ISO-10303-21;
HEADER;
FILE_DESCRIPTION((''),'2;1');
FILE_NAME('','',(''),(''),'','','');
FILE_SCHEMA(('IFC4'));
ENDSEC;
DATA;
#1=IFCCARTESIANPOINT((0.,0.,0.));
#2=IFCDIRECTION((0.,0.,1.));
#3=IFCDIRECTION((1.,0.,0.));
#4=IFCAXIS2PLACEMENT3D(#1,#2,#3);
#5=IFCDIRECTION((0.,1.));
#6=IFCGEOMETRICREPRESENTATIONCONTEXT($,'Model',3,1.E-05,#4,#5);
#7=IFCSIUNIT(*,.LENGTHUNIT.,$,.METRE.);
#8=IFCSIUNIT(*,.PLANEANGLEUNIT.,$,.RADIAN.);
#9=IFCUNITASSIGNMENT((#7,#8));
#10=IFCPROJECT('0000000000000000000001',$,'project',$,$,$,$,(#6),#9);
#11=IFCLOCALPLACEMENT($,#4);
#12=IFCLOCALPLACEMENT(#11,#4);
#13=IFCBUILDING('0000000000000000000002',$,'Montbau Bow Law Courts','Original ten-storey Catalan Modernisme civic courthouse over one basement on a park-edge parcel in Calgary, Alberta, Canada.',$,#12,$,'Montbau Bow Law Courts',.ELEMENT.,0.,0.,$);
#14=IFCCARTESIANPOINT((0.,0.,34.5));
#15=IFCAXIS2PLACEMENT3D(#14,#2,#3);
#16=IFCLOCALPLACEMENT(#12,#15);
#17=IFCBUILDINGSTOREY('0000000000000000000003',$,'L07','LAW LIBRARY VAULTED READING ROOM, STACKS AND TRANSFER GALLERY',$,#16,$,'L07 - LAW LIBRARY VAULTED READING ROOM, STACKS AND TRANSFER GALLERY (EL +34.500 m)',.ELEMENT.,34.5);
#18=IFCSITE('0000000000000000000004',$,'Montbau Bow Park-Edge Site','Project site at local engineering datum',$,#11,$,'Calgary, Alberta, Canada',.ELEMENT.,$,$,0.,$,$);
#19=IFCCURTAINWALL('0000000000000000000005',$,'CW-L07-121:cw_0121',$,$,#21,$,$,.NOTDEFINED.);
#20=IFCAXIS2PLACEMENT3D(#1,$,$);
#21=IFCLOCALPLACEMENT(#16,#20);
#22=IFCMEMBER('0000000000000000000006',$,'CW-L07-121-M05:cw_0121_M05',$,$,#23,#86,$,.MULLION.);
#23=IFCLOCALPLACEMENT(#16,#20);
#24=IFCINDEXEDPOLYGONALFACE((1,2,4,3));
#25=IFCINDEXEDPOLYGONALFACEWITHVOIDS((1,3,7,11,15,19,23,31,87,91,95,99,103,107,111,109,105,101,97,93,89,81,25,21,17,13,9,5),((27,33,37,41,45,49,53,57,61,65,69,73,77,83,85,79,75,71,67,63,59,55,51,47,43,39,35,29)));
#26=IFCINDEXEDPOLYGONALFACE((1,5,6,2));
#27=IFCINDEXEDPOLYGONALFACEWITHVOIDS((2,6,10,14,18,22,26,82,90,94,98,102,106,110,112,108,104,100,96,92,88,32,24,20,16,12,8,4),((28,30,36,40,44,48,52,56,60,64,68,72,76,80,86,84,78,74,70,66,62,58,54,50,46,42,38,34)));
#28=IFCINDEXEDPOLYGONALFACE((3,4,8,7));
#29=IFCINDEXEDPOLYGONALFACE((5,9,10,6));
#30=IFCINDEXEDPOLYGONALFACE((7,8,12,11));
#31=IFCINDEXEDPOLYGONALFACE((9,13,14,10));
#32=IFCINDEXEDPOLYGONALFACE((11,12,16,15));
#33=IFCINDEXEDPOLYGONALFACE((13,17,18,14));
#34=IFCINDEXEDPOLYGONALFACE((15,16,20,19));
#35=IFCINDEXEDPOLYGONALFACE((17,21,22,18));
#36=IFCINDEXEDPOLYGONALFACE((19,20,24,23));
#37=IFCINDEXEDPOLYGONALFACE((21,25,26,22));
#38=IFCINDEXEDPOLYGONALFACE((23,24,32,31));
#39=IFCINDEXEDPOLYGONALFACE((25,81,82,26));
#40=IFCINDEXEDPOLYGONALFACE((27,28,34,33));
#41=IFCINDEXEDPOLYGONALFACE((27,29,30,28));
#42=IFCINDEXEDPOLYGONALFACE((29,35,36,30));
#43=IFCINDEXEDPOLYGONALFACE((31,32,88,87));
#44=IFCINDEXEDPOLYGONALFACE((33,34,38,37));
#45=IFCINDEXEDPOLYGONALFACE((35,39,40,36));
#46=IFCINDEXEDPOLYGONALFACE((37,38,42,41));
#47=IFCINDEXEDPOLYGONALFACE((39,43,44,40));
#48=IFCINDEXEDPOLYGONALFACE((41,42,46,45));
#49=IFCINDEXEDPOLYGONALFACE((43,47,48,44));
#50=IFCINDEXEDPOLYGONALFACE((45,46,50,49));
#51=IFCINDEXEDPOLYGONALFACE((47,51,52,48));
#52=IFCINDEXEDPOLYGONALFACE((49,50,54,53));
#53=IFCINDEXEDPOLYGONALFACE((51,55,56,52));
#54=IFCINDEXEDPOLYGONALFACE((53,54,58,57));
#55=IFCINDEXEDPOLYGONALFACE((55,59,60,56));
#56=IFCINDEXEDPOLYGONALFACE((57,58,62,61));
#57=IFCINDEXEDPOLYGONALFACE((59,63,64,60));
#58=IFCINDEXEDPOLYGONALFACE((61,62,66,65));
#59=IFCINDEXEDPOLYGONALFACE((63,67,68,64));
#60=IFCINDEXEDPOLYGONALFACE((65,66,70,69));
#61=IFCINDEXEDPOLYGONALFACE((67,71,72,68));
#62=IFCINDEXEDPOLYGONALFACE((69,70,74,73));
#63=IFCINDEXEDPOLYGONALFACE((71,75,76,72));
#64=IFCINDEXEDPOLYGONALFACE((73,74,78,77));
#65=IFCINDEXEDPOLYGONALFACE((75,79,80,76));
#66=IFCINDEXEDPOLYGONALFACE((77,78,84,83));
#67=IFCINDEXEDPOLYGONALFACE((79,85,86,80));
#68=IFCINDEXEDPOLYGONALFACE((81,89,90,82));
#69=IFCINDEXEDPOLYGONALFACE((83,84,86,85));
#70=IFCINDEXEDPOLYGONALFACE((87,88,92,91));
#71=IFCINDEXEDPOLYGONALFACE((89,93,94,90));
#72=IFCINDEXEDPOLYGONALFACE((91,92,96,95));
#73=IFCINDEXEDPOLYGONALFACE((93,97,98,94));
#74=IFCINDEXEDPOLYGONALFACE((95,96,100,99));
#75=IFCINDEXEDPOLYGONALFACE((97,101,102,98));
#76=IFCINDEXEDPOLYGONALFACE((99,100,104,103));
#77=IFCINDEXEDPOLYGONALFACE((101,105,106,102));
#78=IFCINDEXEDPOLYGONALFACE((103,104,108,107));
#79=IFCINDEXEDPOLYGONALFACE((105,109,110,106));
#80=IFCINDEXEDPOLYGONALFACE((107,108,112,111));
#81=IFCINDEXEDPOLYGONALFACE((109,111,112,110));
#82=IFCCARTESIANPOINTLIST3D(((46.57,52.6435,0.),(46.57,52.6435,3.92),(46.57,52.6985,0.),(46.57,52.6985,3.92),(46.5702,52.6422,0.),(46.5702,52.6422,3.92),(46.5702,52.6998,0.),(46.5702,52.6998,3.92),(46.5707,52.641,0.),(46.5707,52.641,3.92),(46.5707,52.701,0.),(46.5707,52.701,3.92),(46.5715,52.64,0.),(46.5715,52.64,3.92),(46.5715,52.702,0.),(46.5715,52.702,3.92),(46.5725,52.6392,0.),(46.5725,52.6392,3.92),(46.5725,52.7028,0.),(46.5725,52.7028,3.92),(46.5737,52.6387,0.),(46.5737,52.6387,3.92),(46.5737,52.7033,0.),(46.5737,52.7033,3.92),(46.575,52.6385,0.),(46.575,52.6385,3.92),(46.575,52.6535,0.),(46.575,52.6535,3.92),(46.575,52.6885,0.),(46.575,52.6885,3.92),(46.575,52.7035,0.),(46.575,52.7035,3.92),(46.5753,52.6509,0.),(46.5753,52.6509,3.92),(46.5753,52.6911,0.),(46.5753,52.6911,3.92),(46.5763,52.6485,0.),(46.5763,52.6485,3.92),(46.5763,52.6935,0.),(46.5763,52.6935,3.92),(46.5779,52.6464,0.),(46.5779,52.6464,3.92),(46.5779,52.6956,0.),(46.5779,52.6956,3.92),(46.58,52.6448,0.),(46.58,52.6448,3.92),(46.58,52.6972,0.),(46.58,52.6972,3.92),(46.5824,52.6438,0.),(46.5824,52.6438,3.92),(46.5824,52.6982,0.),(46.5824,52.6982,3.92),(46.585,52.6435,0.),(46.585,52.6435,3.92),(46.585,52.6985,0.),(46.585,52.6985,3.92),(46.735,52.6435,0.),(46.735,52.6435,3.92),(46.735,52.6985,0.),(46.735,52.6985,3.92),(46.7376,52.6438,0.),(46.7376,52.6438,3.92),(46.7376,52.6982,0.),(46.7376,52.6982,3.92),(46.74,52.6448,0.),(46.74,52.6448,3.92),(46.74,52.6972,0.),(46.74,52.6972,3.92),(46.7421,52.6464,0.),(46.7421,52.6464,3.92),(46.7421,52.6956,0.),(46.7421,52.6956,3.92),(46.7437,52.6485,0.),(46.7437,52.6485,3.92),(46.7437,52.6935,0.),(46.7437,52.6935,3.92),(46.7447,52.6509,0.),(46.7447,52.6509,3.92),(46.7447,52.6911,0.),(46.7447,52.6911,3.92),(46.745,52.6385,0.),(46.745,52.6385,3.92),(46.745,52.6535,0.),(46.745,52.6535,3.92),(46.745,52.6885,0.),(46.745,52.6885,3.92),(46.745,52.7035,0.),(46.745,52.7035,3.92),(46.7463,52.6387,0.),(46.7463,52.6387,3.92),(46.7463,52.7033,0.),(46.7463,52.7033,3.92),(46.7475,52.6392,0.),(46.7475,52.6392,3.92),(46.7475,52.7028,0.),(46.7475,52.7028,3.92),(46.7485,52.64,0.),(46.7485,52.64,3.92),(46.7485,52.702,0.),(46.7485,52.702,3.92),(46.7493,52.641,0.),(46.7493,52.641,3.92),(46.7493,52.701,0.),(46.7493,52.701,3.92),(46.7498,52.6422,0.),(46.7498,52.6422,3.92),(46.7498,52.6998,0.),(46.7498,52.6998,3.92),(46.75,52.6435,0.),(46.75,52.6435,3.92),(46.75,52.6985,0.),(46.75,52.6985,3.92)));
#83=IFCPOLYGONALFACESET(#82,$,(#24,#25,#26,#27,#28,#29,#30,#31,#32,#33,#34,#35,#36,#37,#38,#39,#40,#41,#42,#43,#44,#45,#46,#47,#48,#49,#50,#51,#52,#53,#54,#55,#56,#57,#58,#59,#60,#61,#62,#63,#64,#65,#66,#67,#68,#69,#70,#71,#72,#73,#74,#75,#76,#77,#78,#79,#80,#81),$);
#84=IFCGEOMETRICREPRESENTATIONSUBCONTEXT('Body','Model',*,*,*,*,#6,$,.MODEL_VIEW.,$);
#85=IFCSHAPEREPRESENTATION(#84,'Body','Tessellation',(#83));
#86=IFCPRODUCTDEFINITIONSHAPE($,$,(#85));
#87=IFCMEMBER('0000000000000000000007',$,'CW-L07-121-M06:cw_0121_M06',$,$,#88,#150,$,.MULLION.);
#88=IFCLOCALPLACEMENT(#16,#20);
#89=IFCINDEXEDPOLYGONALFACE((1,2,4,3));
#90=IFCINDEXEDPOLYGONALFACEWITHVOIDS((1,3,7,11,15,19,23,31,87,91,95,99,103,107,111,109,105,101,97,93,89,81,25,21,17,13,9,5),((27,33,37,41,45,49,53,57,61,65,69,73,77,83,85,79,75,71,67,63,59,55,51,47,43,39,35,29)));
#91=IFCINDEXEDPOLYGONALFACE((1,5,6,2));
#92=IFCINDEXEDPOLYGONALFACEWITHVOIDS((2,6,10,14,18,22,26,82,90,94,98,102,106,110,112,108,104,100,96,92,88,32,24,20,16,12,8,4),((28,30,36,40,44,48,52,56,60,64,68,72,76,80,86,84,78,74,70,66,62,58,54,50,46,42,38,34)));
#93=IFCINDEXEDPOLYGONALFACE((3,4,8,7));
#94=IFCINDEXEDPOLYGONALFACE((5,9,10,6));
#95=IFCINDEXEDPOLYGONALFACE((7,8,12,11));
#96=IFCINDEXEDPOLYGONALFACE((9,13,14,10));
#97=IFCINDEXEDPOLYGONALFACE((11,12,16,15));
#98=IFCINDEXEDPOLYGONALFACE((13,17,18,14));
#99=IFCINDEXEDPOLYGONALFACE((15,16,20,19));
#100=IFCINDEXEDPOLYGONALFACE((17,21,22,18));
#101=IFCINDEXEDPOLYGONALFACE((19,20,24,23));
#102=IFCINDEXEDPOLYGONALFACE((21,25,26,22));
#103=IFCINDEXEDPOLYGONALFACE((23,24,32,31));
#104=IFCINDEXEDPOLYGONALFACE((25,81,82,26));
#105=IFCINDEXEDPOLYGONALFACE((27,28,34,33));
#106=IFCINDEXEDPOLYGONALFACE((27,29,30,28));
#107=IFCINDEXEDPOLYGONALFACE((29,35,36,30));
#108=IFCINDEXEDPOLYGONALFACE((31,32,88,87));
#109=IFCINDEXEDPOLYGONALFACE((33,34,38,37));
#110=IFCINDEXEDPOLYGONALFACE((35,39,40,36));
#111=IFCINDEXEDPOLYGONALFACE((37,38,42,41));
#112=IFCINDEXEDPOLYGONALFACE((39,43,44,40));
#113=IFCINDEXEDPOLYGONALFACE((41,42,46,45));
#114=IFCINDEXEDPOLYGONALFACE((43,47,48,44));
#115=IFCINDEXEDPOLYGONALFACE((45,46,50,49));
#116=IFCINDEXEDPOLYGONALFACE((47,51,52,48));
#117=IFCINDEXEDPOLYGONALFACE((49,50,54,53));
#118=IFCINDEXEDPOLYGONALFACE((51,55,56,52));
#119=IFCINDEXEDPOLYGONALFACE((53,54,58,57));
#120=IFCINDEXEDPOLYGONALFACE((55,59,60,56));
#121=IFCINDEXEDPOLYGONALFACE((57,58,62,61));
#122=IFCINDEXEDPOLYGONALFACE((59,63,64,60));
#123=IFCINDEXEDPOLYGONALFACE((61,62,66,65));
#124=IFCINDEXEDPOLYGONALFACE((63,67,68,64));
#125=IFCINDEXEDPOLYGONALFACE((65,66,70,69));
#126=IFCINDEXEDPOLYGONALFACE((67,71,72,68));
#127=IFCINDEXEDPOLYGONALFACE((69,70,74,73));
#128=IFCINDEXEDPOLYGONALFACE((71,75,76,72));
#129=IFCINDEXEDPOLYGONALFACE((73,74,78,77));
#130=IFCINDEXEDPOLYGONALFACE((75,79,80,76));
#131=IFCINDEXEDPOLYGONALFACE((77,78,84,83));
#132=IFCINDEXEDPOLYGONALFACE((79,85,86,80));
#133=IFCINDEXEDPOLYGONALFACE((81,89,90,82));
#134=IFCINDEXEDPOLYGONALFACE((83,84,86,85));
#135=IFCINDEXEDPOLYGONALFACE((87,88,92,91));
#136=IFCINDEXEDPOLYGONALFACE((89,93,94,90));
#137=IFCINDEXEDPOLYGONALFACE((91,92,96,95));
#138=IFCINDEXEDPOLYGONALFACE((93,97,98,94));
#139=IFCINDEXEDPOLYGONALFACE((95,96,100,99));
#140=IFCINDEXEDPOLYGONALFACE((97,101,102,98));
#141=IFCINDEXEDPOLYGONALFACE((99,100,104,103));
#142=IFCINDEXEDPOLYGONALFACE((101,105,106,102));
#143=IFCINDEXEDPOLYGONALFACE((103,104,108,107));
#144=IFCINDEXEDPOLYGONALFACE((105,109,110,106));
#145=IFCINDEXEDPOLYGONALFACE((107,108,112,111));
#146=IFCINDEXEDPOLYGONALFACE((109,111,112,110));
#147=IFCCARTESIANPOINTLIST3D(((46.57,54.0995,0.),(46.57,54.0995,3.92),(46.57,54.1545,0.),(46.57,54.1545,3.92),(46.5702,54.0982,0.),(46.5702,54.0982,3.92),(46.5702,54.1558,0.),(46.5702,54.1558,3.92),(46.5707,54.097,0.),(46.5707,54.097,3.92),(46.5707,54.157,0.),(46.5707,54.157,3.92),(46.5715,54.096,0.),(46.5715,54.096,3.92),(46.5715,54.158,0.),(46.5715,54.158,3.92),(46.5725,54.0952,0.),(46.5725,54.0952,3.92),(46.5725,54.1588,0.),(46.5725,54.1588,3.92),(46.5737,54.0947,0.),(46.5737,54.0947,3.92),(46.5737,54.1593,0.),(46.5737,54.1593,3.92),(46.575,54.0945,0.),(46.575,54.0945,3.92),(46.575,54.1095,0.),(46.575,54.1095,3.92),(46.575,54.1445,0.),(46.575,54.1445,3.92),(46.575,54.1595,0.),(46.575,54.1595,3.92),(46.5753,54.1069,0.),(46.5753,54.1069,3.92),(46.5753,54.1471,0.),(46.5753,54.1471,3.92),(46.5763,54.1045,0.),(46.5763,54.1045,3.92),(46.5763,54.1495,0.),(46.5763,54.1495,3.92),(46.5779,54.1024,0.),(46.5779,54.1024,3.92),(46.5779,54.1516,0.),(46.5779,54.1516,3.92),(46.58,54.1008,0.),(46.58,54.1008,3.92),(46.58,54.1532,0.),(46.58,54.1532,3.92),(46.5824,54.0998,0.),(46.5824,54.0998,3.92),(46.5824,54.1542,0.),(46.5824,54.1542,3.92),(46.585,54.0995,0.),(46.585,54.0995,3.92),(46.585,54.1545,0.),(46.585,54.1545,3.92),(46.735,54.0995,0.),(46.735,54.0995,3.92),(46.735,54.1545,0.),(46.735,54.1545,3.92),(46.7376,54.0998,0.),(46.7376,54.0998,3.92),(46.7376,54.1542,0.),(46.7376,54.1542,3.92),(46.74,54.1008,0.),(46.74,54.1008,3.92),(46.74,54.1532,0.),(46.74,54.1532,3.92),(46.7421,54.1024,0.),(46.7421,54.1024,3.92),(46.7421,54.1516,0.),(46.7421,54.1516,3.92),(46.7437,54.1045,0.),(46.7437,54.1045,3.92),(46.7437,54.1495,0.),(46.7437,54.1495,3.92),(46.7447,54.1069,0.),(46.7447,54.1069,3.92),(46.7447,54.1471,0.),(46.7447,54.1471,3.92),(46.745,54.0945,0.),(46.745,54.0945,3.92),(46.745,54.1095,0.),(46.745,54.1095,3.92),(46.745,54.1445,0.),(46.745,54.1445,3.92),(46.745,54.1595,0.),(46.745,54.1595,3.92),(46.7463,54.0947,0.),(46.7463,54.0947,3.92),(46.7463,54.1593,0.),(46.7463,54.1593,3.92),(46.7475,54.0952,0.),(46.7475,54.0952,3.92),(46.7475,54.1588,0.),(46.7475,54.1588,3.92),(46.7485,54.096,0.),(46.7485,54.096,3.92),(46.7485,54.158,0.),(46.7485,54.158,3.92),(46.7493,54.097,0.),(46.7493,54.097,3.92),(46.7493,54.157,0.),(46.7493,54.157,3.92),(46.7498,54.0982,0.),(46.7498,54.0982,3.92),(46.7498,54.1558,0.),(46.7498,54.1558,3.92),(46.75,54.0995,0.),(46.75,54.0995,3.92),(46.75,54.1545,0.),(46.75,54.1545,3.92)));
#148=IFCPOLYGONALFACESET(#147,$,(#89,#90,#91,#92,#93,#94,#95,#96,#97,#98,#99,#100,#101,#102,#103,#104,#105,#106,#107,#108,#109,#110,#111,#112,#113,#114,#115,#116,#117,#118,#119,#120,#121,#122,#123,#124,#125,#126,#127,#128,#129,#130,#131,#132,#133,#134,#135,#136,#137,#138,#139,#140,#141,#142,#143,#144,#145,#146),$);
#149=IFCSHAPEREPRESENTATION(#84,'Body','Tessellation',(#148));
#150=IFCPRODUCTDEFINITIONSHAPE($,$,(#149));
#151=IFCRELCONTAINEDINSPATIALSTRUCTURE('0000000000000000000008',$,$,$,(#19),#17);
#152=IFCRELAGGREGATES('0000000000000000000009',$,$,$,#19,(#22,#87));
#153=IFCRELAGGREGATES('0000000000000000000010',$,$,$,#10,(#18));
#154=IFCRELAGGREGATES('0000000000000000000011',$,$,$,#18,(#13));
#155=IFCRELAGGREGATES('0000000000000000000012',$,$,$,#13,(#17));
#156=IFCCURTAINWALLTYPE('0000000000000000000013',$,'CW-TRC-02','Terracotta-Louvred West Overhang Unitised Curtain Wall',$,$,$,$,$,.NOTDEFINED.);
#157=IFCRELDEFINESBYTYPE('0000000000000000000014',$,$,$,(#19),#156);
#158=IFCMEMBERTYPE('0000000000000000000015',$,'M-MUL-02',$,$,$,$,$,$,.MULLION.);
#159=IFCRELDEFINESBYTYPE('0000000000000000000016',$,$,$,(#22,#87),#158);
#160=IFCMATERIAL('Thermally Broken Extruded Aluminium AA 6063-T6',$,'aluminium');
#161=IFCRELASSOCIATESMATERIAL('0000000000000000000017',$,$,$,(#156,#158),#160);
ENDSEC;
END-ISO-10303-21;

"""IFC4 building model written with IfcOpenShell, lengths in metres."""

from ifc_helpers import new_model, si_unit, direction, frame, origin_with_axes, origin_2d_with_axis, place, context, subcontext, project, spatial, hollow_rectangle, extrude, material, material_profile, profile_set, type_object, element, aggregate, save


model = new_model("IFC4")

# Units and contexts
model_context = context("Model", 3, precision=1e-05, world=origin_with_axes(), true_north=direction((0.0, 1.0)))
body_context = subcontext(model_context, "Body", "Model", "MODEL_VIEW")
ifc_project = project(units=[si_unit("LENGTHUNIT", "METRE"), si_unit("PLANEANGLEUNIT", "RADIAN")], contexts=[model_context])

# Site, building, storey
site_placement = place(None, origin_with_axes())
site = spatial("IfcSite", under=ifc_project, at=site_placement, Name="Montbau Bow Park-Edge Site", Description="Project site at local engineering datum", LongName="Calgary, Alberta, Canada", CompositionType="ELEMENT", RefElevation=0.0)
building_placement = place(site_placement, origin_with_axes())
building = spatial("IfcBuilding", under=site, at=building_placement, Name="Montbau Bow Law Courts", Description="Original ten-storey Catalan Modernisme civic courthouse over one basement on a park-edge parcel in Calgary, Alberta, Canada.", LongName="Montbau Bow Law Courts", CompositionType="ELEMENT", ElevationOfRefHeight=0.0, ElevationOfTerrain=0.0)
storey_placement = place(building_placement, frame((0.0, 0.0, 34.5), z_axis=(0.0, 0.0, 1.0), x_axis=(1.0, 0.0, 0.0)))
storey = spatial("IfcBuildingStorey", under=building, at=storey_placement, Name="L07", Description="LAW LIBRARY VAULTED READING ROOM, STACKS AND TRANSFER GALLERY", LongName="L07 - LAW LIBRARY VAULTED READING ROOM, STACKS AND TRANSFER GALLERY (EL +34.500 m)", CompositionType="ELEMENT", Elevation=34.5)

# Curtain wall, members
ifc_material_1 = material(Name="Thermally Broken Extruded Aluminium AA 6063-T6", Category="aluminium")
curtain_wall_type = type_object("IfcCurtainWallType", Name="CW-TRC-02", Description="Terracotta-Louvred West Overhang Unitised Curtain Wall", PredefinedType="NOTDEFINED", material=ifc_material_1)
curtain_wall_1_placement = place(None, frame((46.66, 46.715, 34.5), z_axis=(0.0, 0.0, 1.0), x_axis=(1.0, 0.0, 0.0)))
curtain_wall_1 = element("IfcCurtainWall", 1, at=curtain_wall_1_placement, inside=storey, type_object=curtain_wall_type, Name="CW-L07-121:cw_0121", PredefinedType="NOTDEFINED")
ifc_material_profile_1 = material_profile(ifc_material_1, hollow_rectangle(XDim=0.065, YDim=0.18, WallThickness=0.005, InnerFilletRadius=0.01, OuterFilletRadius=0.005, at=origin_2d_with_axis()), Name="CWM-180X65", Category="Main", Priority=0)
ifc_profile_set_1 = profile_set([ifc_material_profile_1], Name="Thermally Broken Extruded Aluminium AA 6063-T6")
member_type_1 = type_object("IfcMemberType", Name="M-MUL-02", PredefinedType="MULLION", material=ifc_profile_set_1)
member_1_placement = place(None, frame((46.66, 52.671, 34.5), z_axis=(0.0, 0.0, 1.0), x_axis=(0.0, 1.0, 0.0)))
member_1 = element("IfcMember", 2, at=member_1_placement, type_object=member_type_1, Name="CW-L07-121-M05:cw_0121_M05", PredefinedType="MULLION", context=body_context, shape_type="SweptSolid", body=[
    extrude(hollow_rectangle(XDim=0.065, YDim=0.18, WallThickness=0.005, InnerFilletRadius=0.01, OuterFilletRadius=0.005, at=origin_2d_with_axis()), origin_with_axes(), (0.0, 0.0, 1.0), 3.92),
])
member_2_placement = place(None, frame((46.66, 54.127, 34.5), z_axis=(0.0, 0.0, 1.0), x_axis=(0.0, 1.0, 0.0)))
member_2 = element("IfcMember", 3, at=member_2_placement, type_object=member_type_1, Name="CW-L07-121-M06:cw_0121_M06", PredefinedType="MULLION", context=body_context, shape_type="SweptSolid", body=[
    extrude(hollow_rectangle(XDim=0.065, YDim=0.18, WallThickness=0.005, InnerFilletRadius=0.01, OuterFilletRadius=0.005, at=origin_2d_with_axis()), origin_with_axes(), (0.0, 0.0, 1.0), 3.92),
])

aggregate(curtain_wall_1, [member_1, member_2])

save(model, "model.ifc")
